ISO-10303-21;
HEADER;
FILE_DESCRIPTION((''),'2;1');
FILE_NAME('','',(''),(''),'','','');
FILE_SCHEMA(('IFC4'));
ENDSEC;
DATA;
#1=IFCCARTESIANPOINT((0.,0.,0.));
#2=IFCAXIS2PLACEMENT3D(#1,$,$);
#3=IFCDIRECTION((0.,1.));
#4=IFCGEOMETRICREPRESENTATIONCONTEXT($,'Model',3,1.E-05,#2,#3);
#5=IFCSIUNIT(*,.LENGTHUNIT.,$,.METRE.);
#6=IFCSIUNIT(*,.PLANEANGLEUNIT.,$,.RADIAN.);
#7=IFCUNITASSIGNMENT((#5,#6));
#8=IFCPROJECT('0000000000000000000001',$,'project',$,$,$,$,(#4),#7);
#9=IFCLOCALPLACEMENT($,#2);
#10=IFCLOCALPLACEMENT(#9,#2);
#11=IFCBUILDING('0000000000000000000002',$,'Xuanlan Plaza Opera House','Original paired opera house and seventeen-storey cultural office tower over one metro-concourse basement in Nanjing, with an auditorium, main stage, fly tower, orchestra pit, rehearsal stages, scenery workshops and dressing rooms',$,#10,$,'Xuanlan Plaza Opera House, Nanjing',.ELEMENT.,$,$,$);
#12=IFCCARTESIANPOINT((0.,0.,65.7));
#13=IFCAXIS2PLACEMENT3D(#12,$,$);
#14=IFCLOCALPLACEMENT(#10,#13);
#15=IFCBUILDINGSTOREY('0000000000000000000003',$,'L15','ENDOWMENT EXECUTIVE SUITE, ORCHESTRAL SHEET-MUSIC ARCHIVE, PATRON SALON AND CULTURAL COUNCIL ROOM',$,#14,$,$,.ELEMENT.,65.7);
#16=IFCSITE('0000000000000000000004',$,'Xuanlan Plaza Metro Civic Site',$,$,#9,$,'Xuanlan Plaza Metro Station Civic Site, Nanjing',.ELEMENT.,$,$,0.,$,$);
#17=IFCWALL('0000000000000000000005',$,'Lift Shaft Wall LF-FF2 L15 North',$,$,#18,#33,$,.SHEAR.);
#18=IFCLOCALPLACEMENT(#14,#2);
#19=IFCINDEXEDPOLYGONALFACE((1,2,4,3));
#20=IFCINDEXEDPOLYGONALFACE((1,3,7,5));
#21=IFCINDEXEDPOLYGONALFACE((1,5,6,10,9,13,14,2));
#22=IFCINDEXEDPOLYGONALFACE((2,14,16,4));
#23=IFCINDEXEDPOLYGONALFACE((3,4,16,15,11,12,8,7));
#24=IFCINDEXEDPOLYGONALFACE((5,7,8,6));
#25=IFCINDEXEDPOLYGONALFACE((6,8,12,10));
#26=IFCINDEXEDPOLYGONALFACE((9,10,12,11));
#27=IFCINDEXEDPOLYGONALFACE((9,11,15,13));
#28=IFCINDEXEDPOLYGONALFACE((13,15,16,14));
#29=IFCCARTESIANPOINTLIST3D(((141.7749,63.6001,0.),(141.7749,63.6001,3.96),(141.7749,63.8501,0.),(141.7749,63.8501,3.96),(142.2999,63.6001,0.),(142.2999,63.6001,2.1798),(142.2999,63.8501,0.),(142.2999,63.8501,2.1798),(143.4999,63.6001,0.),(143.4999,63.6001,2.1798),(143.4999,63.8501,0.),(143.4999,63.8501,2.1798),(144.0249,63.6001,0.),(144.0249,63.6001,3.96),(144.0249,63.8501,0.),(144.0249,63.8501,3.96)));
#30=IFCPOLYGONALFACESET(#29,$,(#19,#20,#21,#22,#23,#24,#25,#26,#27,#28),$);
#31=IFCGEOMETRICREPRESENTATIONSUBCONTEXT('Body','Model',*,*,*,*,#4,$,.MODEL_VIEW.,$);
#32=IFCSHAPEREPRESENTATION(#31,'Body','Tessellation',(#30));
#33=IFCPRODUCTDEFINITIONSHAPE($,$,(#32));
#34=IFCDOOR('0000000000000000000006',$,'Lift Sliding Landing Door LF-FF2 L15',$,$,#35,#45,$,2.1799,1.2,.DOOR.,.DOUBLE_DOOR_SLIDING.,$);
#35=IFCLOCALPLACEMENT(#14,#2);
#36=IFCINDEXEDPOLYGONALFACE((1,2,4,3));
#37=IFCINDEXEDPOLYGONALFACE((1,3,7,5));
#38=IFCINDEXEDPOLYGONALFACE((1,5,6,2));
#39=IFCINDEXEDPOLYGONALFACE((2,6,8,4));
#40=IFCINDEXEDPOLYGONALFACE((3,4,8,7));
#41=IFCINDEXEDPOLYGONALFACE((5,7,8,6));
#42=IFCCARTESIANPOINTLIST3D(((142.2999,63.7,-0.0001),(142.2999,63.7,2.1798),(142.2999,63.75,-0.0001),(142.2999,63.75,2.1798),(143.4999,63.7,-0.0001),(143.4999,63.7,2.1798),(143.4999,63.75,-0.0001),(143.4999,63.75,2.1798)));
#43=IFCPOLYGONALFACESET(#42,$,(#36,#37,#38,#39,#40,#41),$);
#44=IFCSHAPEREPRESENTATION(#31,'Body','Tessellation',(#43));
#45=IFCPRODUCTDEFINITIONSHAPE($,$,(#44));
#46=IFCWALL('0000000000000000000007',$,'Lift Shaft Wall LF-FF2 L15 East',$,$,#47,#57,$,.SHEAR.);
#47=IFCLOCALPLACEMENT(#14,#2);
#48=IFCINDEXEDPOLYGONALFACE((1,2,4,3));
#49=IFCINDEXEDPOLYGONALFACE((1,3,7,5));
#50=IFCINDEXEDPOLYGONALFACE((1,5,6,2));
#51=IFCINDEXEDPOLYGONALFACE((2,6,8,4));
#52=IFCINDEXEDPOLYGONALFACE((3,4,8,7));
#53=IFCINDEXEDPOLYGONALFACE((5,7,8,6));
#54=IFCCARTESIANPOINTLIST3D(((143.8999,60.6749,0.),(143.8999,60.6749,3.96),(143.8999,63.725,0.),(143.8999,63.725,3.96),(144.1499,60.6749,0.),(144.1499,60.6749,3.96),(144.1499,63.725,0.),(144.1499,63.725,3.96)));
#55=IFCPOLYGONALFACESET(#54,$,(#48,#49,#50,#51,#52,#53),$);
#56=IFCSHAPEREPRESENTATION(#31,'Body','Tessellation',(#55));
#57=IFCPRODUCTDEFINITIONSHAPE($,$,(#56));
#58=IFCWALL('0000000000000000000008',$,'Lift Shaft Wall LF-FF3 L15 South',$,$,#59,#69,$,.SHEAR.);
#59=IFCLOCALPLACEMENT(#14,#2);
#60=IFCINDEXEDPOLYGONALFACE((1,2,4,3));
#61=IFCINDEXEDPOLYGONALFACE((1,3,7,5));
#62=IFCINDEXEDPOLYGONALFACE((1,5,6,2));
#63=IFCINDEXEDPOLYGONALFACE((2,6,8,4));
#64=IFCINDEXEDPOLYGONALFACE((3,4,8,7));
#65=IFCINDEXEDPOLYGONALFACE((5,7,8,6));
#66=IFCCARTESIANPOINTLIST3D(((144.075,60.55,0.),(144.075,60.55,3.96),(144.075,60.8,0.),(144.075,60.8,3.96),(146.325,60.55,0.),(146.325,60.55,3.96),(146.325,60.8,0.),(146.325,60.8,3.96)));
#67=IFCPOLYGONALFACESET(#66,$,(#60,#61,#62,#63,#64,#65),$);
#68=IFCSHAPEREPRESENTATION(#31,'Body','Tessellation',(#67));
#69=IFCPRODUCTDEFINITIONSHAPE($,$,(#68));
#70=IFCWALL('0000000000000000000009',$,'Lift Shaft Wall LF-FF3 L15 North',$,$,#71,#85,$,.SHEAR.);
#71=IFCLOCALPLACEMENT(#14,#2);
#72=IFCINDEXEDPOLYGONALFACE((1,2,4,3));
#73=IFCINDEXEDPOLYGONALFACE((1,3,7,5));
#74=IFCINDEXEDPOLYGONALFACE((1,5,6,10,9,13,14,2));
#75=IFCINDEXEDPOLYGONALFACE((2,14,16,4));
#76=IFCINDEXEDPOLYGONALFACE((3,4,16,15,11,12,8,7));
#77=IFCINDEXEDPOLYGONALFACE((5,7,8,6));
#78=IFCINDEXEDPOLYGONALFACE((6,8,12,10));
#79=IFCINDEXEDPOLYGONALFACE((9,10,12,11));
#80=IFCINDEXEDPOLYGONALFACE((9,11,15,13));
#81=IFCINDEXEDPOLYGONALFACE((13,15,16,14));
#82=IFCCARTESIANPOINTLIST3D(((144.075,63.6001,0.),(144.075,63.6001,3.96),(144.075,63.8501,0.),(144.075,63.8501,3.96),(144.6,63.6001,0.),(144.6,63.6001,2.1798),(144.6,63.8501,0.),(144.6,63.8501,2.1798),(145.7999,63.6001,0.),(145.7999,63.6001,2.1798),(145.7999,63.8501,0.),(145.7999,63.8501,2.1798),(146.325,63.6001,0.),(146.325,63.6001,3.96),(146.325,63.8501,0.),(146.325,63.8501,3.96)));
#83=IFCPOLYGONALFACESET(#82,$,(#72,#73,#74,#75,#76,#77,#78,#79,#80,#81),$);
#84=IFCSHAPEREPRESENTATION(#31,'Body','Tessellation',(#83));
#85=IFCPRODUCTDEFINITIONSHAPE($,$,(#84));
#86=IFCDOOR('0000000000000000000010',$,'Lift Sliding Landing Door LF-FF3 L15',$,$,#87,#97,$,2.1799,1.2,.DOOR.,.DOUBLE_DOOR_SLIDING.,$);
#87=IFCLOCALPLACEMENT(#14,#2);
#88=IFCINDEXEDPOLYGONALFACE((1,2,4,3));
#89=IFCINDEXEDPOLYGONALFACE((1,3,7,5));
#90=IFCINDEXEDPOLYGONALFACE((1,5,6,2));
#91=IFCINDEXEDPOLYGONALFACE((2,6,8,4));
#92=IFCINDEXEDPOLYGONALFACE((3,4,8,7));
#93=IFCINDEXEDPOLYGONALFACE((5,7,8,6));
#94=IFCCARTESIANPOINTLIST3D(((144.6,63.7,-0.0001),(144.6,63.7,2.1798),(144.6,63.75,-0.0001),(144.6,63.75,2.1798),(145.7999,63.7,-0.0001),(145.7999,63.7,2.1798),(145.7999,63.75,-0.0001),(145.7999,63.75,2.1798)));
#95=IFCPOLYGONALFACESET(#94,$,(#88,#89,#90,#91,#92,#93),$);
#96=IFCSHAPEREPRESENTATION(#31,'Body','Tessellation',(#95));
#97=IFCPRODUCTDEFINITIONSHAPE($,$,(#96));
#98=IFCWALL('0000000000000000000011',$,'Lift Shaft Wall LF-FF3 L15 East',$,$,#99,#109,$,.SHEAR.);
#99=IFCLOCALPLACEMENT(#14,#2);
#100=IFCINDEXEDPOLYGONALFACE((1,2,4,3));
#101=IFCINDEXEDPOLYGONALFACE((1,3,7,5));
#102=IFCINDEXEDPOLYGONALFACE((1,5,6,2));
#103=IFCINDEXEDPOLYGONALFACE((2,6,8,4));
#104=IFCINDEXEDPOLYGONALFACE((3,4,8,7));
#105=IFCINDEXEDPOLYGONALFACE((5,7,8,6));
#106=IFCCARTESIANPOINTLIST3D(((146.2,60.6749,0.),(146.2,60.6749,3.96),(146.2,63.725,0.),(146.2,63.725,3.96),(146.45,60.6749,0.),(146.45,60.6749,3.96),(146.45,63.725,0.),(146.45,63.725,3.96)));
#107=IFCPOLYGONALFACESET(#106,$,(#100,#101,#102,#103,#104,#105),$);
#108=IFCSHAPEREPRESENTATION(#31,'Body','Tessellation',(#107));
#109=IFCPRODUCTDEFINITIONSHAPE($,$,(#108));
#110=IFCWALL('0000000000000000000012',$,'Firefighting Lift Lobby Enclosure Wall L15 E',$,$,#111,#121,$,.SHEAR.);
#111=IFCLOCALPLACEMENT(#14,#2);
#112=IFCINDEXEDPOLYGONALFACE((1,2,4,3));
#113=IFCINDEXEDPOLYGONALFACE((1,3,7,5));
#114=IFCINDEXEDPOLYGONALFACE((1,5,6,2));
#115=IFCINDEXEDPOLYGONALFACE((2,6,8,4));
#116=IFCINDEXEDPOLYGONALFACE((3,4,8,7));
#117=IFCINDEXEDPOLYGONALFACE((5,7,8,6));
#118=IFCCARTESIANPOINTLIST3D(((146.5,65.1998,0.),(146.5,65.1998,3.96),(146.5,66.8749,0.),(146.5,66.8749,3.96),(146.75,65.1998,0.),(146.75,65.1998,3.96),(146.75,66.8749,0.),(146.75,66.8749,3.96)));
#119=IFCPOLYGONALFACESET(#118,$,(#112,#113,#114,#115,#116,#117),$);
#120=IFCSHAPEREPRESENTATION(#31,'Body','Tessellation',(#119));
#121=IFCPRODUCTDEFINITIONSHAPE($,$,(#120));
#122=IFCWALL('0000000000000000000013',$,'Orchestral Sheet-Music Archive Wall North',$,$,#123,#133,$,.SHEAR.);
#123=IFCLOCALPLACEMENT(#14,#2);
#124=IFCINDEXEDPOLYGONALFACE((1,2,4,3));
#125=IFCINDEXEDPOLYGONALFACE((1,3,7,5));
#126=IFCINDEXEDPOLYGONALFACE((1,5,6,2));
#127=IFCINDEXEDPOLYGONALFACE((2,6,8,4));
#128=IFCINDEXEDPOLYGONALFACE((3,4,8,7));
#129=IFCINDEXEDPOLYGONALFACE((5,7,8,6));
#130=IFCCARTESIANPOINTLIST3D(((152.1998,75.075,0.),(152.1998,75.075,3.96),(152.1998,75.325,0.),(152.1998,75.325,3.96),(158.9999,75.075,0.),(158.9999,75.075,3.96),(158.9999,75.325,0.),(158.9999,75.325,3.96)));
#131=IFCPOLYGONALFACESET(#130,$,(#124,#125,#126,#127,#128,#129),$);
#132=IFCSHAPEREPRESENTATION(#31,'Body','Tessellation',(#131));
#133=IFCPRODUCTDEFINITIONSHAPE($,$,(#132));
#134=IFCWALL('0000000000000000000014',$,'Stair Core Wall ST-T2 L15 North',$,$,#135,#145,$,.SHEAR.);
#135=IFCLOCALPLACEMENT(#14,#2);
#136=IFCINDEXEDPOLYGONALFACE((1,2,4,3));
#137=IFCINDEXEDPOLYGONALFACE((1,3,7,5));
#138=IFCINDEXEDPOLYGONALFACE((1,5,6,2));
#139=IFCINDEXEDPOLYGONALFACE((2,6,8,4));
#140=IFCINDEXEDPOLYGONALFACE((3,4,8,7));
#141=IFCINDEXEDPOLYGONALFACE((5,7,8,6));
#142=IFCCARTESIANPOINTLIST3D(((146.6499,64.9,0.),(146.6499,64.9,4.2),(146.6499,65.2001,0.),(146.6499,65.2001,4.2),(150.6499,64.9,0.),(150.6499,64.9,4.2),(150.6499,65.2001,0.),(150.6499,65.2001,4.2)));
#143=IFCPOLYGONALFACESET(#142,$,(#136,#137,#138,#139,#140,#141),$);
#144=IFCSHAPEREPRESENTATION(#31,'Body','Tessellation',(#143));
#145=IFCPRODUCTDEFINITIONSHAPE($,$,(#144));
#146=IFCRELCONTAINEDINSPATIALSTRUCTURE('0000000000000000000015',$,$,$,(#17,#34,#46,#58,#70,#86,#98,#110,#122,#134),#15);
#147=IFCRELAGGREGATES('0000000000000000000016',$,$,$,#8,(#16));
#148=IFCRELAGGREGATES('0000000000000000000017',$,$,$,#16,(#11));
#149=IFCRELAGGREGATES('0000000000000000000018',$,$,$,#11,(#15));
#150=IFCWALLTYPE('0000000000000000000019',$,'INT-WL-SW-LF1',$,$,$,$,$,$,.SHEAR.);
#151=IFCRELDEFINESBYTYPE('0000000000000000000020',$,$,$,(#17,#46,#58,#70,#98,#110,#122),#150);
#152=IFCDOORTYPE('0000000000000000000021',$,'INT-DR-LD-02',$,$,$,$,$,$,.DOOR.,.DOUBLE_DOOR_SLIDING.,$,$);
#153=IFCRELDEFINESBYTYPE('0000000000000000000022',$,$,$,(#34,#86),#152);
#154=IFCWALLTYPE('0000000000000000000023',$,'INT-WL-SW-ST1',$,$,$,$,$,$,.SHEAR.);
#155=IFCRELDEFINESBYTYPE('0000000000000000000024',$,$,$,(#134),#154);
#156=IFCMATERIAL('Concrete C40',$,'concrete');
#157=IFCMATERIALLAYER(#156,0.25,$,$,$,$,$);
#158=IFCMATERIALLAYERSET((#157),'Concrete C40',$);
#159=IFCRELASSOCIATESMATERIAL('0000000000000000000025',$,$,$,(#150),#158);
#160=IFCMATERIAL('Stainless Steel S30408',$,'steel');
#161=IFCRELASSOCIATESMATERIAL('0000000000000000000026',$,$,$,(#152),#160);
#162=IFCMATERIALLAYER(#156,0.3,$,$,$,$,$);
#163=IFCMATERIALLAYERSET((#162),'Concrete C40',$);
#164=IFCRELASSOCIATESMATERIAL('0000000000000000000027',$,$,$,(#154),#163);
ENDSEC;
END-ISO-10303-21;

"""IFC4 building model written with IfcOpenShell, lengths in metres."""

from ifc_helpers import new_model, si_unit, direction, frame, frame_2d, origin, place, context, subcontext, project, spatial, rectangle, extrude, material, layer, layer_set, type_object, element, fill, save


model = new_model("IFC4")

# Units and contexts
model_context = context("Model", 3, precision=1e-05, world=origin(), true_north=direction((0.0, 1.0)))
body_context = subcontext(model_context, "Body", "Model", "MODEL_VIEW")
ifc_project = project(units=[si_unit("LENGTHUNIT", "METRE"), si_unit("PLANEANGLEUNIT", "RADIAN")], contexts=[model_context])

# Site, building, storey
site_placement = place(None, origin())
site = spatial("IfcSite", under=ifc_project, at=site_placement, Name="Xuanlan Plaza Metro Civic Site", LongName="Xuanlan Plaza Metro Station Civic Site, Nanjing", CompositionType="ELEMENT", RefElevation=0.0)
building_placement = place(site_placement, origin())
building = spatial("IfcBuilding", under=site, at=building_placement, Name="Xuanlan Plaza Opera House", Description="Original paired opera house and seventeen-storey cultural office tower over one metro-concourse basement in Nanjing, with an auditorium, main stage, fly tower, orchestra pit, rehearsal stages, scenery workshops and dressing rooms", LongName="Xuanlan Plaza Opera House, Nanjing", CompositionType="ELEMENT")
storey_placement = place(building_placement, frame((0.0, 0.0, 65.7)))
storey = spatial("IfcBuildingStorey", under=building, at=storey_placement, Name="L15", Description="ENDOWMENT EXECUTIVE SUITE, ORCHESTRAL SHEET-MUSIC ARCHIVE, PATRON SALON AND CULTURAL COUNCIL ROOM", CompositionType="ELEMENT", Elevation=65.7)

# Shared definitions
ifc_material_1 = material(Name="Concrete C40", Category="concrete")

# Shared definitions
ifc_layer_1 = layer(ifc_material_1, 0.25)
ifc_layer_set_1 = layer_set([ifc_layer_1], Name="Concrete C40")
wall_type_1 = type_object("IfcWallType", Name="INT-WL-SW-LF1", PredefinedType="SHEAR", material=ifc_layer_set_1)
ifc_material_2 = material(Name="Stainless Steel S30408", Category="steel")
door_type = type_object("IfcDoorType", Name="INT-DR-LD-02", OperationType="DOUBLE_DOOR_SLIDING", PredefinedType="DOOR", material=ifc_material_2)

# Wall, opening, door
wall_1_placement = place(storey_placement, frame((141.7749, 63.7251, 0.0), z_axis=(0.0, 0.0, 1.0), x_axis=(1.0, 0.0, 0.0)))
wall_1 = element("IfcWall", 1, at=wall_1_placement, inside=storey, type_object=wall_type_1, Name="Lift Shaft Wall LF-FF2 L15 North", PredefinedType="SHEAR", context=body_context, shape_type="SweptSolid", body=[
    extrude(rectangle(XDim=2.25, YDim=0.25, at=frame_2d((1.125, 0.0))), origin(), (0.0, 0.0, 1.0), 3.96),
])
opening_1_placement = place(wall_1_placement, frame((0.5249, 0.0, 0.0)))
opening_1 = element("IfcOpeningElement", 2, at=opening_1_placement, cuts=wall_1, PredefinedType="OPENING", context=body_context, shape_type="SweptSolid", body=[
    extrude(rectangle(XDim=1.2, YDim=2.1799, at=frame_2d((0.6001, 1.0898))), frame((0.0, 0.135, 0.0), z_axis=(0.0, -1.0, 0.0), x_axis=(1.0, 0.0, 0.0)), (0.0, 0.0, 1.0), 0.27),
])
door_1_placement = place(opening_1_placement, origin())
door_1 = element("IfcDoor", 3, at=door_1_placement, inside=storey, type_object=door_type, Name="Lift Sliding Landing Door LF-FF2 L15", OperationType="DOUBLE_DOOR_SLIDING", OverallHeight=2.1799, OverallWidth=1.2, PredefinedType="DOOR", context=body_context, shape_type="SweptSolid", body=[
    extrude(rectangle(XDim=1.2, YDim=2.1799, at=frame_2d((0.6001, 1.0898))), frame((0.0, 0.0249, 0.0), z_axis=(0.0, -1.0, 0.0), x_axis=(1.0, 0.0, 0.0)), (0.0, 0.0, 1.0), 0.05),
])
fill(opening_1, door_1)

# Walls
wall_2_placement = place(storey_placement, frame((144.0249, 60.675, 0.0), z_axis=(0.0, 0.0, 1.0), x_axis=(0.0, 1.0, 0.0)))
element("IfcWall", 4, at=wall_2_placement, inside=storey, type_object=wall_type_1, Name="Lift Shaft Wall LF-FF2 L15 East", PredefinedType="SHEAR", context=body_context, shape_type="SweptSolid", body=[
    extrude(rectangle(XDim=3.05, YDim=0.25, at=frame_2d((1.5249, 0.0))), origin(), (0.0, 0.0, 1.0), 3.96),
])
wall_3_placement = place(storey_placement, frame((144.075, 60.675, 0.0), z_axis=(0.0, 0.0, 1.0), x_axis=(1.0, 0.0, 0.0)))
element("IfcWall", 5, at=wall_3_placement, inside=storey, type_object=wall_type_1, Name="Lift Shaft Wall LF-FF3 L15 South", PredefinedType="SHEAR", context=body_context, shape_type="SweptSolid", body=[
    extrude(rectangle(XDim=2.25, YDim=0.25, at=frame_2d((1.125, 0.0))), origin(), (0.0, 0.0, 1.0), 3.96),
])

# Wall, opening, door
wall_4_placement = place(storey_placement, frame((144.075, 63.7251, 0.0), z_axis=(0.0, 0.0, 1.0), x_axis=(1.0, 0.0, 0.0)))
wall_4 = element("IfcWall", 6, at=wall_4_placement, inside=storey, type_object=wall_type_1, Name="Lift Shaft Wall LF-FF3 L15 North", PredefinedType="SHEAR", context=body_context, shape_type="SweptSolid", body=[
    extrude(rectangle(XDim=2.25, YDim=0.25, at=frame_2d((1.125, 0.0))), origin(), (0.0, 0.0, 1.0), 3.96),
])
opening_2_placement = place(wall_4_placement, frame((0.5249, 0.0, 0.0)))
opening_2 = element("IfcOpeningElement", 7, at=opening_2_placement, cuts=wall_4, PredefinedType="OPENING", context=body_context, shape_type="SweptSolid", body=[
    extrude(rectangle(XDim=1.2, YDim=2.1799, at=frame_2d((0.6001, 1.0898))), frame((0.0, 0.135, 0.0), z_axis=(0.0, -1.0, 0.0), x_axis=(1.0, 0.0, 0.0)), (0.0, 0.0, 1.0), 0.27),
])
door_2_placement = place(opening_2_placement, origin())
door_2 = element("IfcDoor", 8, at=door_2_placement, inside=storey, type_object=door_type, Name="Lift Sliding Landing Door LF-FF3 L15", OperationType="DOUBLE_DOOR_SLIDING", OverallHeight=2.1799, OverallWidth=1.2, PredefinedType="DOOR", context=body_context, shape_type="SweptSolid", body=[
    extrude(rectangle(XDim=1.2, YDim=2.1799, at=frame_2d((0.6001, 1.0898))), frame((0.0, 0.0249, 0.0), z_axis=(0.0, -1.0, 0.0), x_axis=(1.0, 0.0, 0.0)), (0.0, 0.0, 1.0), 0.05),
])
fill(opening_2, door_2)

# Walls
wall_5_placement = place(storey_placement, frame((146.325, 60.675, 0.0), z_axis=(0.0, 0.0, 1.0), x_axis=(0.0, 1.0, 0.0)))
element("IfcWall", 9, at=wall_5_placement, inside=storey, type_object=wall_type_1, Name="Lift Shaft Wall LF-FF3 L15 East", PredefinedType="SHEAR", context=body_context, shape_type="SweptSolid", body=[
    extrude(rectangle(XDim=3.05, YDim=0.25, at=frame_2d((1.5249, 0.0))), origin(), (0.0, 0.0, 1.0), 3.96),
])
wall_6_placement = place(storey_placement, frame((146.625, 65.2, 0.0), z_axis=(0.0, 0.0, 1.0), x_axis=(0.0, 1.0, 0.0)))
element("IfcWall", 10, at=wall_6_placement, inside=storey, type_object=wall_type_1, Name="Firefighting Lift Lobby Enclosure Wall L15 E", PredefinedType="SHEAR", context=body_context, shape_type="SweptSolid", body=[
    extrude(rectangle(XDim=1.675, YDim=0.25, at=frame_2d((0.8374, 0.0))), origin(), (0.0, 0.0, 1.0), 3.96),
])
wall_7_placement = place(storey_placement, frame((152.2, 75.2, 0.0), z_axis=(0.0, 0.0, 1.0), x_axis=(1.0, 0.0, 0.0)))
element("IfcWall", 11, at=wall_7_placement, inside=storey, type_object=wall_type_1, Name="Orchestral Sheet-Music Archive Wall North", PredefinedType="SHEAR", context=body_context, shape_type="SweptSolid", body=[
    extrude(rectangle(XDim=6.8, YDim=0.25, at=frame_2d((3.3999, 0.0))), origin(), (0.0, 0.0, 1.0), 3.96),
])
ifc_layer_2 = layer(ifc_material_1, 0.3)
ifc_layer_set_2 = layer_set([ifc_layer_2], Name="Concrete C40")
wall_type_2 = type_object("IfcWallType", Name="INT-WL-SW-ST1", PredefinedType="SHEAR", material=ifc_layer_set_2)
wall_8_placement = place(storey_placement, frame((146.6499, 65.05, 0.0), z_axis=(0.0, 0.0, 1.0), x_axis=(1.0, 0.0, 0.0)))
element("IfcWall", 12, at=wall_8_placement, inside=storey, type_object=wall_type_2, Name="Stair Core Wall ST-T2 L15 North", PredefinedType="SHEAR", context=body_context, shape_type="SweptSolid", body=[
    extrude(rectangle(XDim=4.0, YDim=0.3, at=frame_2d((2.0, 0.0))), origin(), (0.0, 0.0, 1.0), 4.2),
])

save(model, "model.ifc")
